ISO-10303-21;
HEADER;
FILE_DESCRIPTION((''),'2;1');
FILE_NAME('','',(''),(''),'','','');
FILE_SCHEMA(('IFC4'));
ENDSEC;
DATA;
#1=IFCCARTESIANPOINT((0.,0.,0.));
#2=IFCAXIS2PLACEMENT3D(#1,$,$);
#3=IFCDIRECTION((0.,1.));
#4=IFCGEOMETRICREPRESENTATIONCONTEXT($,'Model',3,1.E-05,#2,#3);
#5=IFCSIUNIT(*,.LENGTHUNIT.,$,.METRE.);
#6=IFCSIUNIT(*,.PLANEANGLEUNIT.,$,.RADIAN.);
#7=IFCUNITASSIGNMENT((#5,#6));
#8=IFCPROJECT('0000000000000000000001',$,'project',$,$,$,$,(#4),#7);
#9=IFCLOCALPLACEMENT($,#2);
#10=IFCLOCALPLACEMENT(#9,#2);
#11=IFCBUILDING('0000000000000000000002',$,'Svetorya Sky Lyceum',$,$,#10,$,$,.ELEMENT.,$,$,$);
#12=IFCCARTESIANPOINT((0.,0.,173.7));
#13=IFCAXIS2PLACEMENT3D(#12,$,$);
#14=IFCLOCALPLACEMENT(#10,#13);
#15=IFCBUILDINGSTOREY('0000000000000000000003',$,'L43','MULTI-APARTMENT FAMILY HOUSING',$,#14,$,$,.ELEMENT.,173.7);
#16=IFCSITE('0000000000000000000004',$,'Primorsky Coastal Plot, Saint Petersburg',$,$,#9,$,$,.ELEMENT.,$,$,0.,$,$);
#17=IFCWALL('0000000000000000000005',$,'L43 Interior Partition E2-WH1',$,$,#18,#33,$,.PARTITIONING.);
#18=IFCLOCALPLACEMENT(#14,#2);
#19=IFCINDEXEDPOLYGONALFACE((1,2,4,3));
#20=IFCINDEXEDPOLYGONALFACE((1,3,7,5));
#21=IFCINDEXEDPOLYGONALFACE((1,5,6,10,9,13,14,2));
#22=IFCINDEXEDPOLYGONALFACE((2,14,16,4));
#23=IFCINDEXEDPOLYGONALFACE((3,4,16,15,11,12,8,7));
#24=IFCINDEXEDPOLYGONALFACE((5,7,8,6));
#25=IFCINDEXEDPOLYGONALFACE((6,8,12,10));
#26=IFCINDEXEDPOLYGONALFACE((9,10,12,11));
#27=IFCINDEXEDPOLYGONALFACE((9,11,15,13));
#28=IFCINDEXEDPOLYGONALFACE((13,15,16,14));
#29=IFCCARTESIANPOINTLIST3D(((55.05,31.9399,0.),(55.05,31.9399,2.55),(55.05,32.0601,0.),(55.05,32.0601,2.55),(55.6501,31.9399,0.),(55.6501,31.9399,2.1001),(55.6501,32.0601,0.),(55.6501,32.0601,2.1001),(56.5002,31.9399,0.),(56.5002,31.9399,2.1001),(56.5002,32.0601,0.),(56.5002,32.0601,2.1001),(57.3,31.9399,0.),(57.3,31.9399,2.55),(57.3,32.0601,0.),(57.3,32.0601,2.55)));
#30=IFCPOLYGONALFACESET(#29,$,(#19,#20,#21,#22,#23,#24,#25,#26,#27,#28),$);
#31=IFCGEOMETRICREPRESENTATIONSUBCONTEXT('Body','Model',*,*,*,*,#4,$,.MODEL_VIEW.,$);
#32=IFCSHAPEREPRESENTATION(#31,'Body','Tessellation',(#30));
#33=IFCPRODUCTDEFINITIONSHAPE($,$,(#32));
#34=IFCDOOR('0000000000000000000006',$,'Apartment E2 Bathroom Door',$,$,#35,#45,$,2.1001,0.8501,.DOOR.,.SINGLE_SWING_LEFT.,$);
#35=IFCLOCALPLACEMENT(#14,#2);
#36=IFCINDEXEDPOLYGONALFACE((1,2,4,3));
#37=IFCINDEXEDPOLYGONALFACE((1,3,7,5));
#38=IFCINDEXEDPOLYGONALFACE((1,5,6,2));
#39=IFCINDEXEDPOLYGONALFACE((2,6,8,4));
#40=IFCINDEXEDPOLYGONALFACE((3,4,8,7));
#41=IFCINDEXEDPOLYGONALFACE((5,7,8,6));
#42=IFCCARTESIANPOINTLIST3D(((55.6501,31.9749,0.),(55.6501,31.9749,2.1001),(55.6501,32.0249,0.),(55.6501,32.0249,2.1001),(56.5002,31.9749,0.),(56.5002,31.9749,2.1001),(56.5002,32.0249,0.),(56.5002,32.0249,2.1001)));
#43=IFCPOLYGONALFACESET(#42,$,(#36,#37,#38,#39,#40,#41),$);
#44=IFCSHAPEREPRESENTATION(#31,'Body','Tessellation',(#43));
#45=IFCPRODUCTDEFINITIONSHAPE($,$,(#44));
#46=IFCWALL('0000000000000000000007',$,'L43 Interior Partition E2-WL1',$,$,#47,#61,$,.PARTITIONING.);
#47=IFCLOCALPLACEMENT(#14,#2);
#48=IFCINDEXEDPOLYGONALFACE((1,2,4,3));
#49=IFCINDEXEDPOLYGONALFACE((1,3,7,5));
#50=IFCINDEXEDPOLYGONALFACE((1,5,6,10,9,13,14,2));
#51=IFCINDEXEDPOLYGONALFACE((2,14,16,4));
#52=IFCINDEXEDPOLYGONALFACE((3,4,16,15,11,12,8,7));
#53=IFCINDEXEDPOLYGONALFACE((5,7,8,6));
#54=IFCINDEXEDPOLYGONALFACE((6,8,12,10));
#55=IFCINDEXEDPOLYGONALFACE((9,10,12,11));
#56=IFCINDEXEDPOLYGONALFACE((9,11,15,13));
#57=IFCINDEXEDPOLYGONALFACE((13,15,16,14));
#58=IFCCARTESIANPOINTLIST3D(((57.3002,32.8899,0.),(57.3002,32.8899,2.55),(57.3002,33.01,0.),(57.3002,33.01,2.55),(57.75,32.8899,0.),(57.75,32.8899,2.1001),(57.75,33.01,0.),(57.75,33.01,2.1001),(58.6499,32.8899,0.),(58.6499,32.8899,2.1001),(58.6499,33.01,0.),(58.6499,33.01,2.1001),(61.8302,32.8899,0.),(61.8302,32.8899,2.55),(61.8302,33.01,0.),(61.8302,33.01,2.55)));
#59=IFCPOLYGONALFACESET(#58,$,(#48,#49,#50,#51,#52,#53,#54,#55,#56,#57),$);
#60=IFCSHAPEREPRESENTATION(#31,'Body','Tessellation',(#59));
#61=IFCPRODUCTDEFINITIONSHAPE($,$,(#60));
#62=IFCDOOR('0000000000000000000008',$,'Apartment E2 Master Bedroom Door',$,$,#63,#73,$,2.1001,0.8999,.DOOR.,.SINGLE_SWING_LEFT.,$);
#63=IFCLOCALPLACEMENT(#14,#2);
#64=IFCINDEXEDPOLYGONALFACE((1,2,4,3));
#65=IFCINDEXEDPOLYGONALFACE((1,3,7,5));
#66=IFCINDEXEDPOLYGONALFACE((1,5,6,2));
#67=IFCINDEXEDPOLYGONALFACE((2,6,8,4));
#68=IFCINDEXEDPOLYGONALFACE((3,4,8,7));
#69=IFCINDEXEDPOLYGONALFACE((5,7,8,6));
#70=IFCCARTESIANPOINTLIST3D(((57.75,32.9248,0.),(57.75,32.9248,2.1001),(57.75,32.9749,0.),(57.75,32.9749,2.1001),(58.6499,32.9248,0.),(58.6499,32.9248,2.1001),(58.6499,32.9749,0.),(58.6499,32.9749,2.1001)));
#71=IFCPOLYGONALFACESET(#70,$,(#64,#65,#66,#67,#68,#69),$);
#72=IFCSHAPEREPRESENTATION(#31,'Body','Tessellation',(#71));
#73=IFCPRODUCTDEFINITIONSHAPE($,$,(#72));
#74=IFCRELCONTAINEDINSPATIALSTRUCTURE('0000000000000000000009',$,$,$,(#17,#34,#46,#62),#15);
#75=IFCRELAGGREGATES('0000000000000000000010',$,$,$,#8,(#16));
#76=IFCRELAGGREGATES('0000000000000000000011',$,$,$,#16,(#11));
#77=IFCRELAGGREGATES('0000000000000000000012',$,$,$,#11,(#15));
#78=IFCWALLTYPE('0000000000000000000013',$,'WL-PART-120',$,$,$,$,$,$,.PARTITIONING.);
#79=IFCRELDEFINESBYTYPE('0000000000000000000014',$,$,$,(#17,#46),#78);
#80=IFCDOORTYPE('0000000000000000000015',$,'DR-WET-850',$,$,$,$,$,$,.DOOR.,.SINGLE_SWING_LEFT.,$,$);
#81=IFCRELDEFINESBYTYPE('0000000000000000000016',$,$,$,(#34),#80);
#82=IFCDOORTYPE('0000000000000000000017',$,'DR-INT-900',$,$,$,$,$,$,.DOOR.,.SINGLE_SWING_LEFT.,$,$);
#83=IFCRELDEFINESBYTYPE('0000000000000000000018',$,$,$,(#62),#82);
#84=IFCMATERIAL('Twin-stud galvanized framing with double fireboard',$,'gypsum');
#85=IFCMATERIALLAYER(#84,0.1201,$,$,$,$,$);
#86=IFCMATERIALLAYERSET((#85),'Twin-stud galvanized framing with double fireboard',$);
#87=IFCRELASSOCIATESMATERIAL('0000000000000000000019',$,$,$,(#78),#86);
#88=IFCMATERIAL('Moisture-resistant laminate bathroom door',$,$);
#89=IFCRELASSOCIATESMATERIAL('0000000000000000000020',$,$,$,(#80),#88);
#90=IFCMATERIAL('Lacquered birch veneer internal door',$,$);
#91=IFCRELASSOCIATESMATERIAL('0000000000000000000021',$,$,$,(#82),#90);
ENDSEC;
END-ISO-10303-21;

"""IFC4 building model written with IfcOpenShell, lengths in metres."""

from ifc_helpers import new_model, si_unit, direction, frame, frame_2d, origin, place, context, subcontext, project, spatial, rectangle, extrude, material, layer, layer_set, type_object, element, fill, save


model = new_model("IFC4")

# Units and contexts
model_context = context("Model", 3, precision=1e-05, world=origin(), true_north=direction((0.0, 1.0)))
body_context = subcontext(model_context, "Body", "Model", "MODEL_VIEW")
ifc_project = project(units=[si_unit("LENGTHUNIT", "METRE"), si_unit("PLANEANGLEUNIT", "RADIAN")], contexts=[model_context])

# Site, building, storey
site_placement = place(None, origin())
site = spatial("IfcSite", under=ifc_project, at=site_placement, Name="Primorsky Coastal Plot, Saint Petersburg", CompositionType="ELEMENT", RefElevation=0.0)
building_placement = place(site_placement, origin())
building = spatial("IfcBuilding", under=site, at=building_placement, Name="Svetorya Sky Lyceum", CompositionType="ELEMENT")
storey_placement = place(building_placement, frame((0.0, 0.0, 173.7)))
storey = spatial("IfcBuildingStorey", under=building, at=storey_placement, Name="L43", Description="MULTI-APARTMENT FAMILY HOUSING", CompositionType="ELEMENT", Elevation=173.7)

# Walls, openings, doors
ifc_material_1 = material(Name="Twin-stud galvanized framing with double fireboard", Category="gypsum")
ifc_layer_1 = layer(ifc_material_1, 0.1201)
ifc_layer_set_1 = layer_set([ifc_layer_1], Name="Twin-stud galvanized framing with double fireboard")
wall_type_1 = type_object("IfcWallType", Name="WL-PART-120", PredefinedType="PARTITIONING", material=ifc_layer_set_1)
wall_1_placement = place(storey_placement, frame((55.05, 32.0, 0.0), z_axis=(0.0, 0.0, 1.0), x_axis=(1.0, 0.0, 0.0)))
wall_1 = element("IfcWall", 1, at=wall_1_placement, inside=storey, type_object=wall_type_1, Name="L43 Interior Partition E2-WH1", PredefinedType="PARTITIONING", context=body_context, shape_type="SweptSolid", body=[
    extrude(rectangle(XDim=2.25, YDim=0.1201, at=frame_2d((1.125, 0.0))), origin(), (0.0, 0.0, 1.0), 2.55),
])
opening_1_placement = place(wall_1_placement, frame((0.6001, 0.0, 0.0)))
opening_1 = element("IfcOpeningElement", 2, at=opening_1_placement, cuts=wall_1, PredefinedType="OPENING", context=body_context, shape_type="SweptSolid", body=[
    extrude(rectangle(XDim=0.8501, YDim=2.1001, at=frame_2d((0.425, 1.05))), frame((0.0, 0.0701, 0.0), z_axis=(0.0, -1.0, 0.0), x_axis=(1.0, 0.0, 0.0)), (0.0, 0.0, 1.0), 0.1401),
])
ifc_material_2 = material(Name="Moisture-resistant laminate bathroom door")
door_type_1 = type_object("IfcDoorType", Name="DR-WET-850", OperationType="SINGLE_SWING_LEFT", PredefinedType="DOOR", material=ifc_material_2)
door_1_placement = place(opening_1_placement, origin())
door_1 = element("IfcDoor", 3, at=door_1_placement, inside=storey, type_object=door_type_1, Name="Apartment E2 Bathroom Door", OperationType="SINGLE_SWING_LEFT", OverallHeight=2.1001, OverallWidth=0.8501, PredefinedType="DOOR", context=body_context, shape_type="SweptSolid", body=[
    extrude(rectangle(XDim=0.8501, YDim=2.1001, at=frame_2d((0.425, 1.05))), frame((0.0, 0.0249, 0.0), z_axis=(0.0, -1.0, 0.0), x_axis=(1.0, 0.0, 0.0)), (0.0, 0.0, 1.0), 0.05),
])
fill(opening_1, door_1)
wall_2_placement = place(storey_placement, frame((57.3, 32.95, 0.0), z_axis=(0.0, 0.0, 1.0), x_axis=(1.0, 0.0, 0.0)))
wall_2 = element("IfcWall", 4, at=wall_2_placement, inside=storey, type_object=wall_type_1, Name="L43 Interior Partition E2-WL1", PredefinedType="PARTITIONING", context=body_context, shape_type="SweptSolid", body=[
    extrude(rectangle(XDim=4.53, YDim=0.1201, at=frame_2d((2.2651, 0.0))), origin(), (0.0, 0.0, 1.0), 2.55),
])
opening_2_placement = place(wall_2_placement, frame((0.45, 0.0, 0.0)))
opening_2 = element("IfcOpeningElement", 5, at=opening_2_placement, cuts=wall_2, PredefinedType="OPENING", context=body_context, shape_type="SweptSolid", body=[
    extrude(rectangle(XDim=0.8999, YDim=2.1001, at=frame_2d((0.45, 1.05))), frame((0.0, 0.0701, 0.0), z_axis=(0.0, -1.0, 0.0), x_axis=(1.0, 0.0, 0.0)), (0.0, 0.0, 1.0), 0.1401),
])
ifc_material_3 = material(Name="Lacquered birch veneer internal door")
door_type_2 = type_object("IfcDoorType", Name="DR-INT-900", OperationType="SINGLE_SWING_LEFT", PredefinedType="DOOR", material=ifc_material_3)
door_2_placement = place(opening_2_placement, origin())
door_2 = element("IfcDoor", 6, at=door_2_placement, inside=storey, type_object=door_type_2, Name="Apartment E2 Master Bedroom Door", OperationType="SINGLE_SWING_LEFT", OverallHeight=2.1001, OverallWidth=0.8999, PredefinedType="DOOR", context=body_context, shape_type="SweptSolid", body=[
    extrude(rectangle(XDim=0.8999, YDim=2.1001, at=frame_2d((0.45, 1.05))), frame((0.0, 0.0249, 0.0), z_axis=(0.0, -1.0, 0.0), x_axis=(1.0, 0.0, 0.0)), (0.0, 0.0, 1.0), 0.05),
])
fill(opening_2, door_2)

save(model, "model.ifc")
